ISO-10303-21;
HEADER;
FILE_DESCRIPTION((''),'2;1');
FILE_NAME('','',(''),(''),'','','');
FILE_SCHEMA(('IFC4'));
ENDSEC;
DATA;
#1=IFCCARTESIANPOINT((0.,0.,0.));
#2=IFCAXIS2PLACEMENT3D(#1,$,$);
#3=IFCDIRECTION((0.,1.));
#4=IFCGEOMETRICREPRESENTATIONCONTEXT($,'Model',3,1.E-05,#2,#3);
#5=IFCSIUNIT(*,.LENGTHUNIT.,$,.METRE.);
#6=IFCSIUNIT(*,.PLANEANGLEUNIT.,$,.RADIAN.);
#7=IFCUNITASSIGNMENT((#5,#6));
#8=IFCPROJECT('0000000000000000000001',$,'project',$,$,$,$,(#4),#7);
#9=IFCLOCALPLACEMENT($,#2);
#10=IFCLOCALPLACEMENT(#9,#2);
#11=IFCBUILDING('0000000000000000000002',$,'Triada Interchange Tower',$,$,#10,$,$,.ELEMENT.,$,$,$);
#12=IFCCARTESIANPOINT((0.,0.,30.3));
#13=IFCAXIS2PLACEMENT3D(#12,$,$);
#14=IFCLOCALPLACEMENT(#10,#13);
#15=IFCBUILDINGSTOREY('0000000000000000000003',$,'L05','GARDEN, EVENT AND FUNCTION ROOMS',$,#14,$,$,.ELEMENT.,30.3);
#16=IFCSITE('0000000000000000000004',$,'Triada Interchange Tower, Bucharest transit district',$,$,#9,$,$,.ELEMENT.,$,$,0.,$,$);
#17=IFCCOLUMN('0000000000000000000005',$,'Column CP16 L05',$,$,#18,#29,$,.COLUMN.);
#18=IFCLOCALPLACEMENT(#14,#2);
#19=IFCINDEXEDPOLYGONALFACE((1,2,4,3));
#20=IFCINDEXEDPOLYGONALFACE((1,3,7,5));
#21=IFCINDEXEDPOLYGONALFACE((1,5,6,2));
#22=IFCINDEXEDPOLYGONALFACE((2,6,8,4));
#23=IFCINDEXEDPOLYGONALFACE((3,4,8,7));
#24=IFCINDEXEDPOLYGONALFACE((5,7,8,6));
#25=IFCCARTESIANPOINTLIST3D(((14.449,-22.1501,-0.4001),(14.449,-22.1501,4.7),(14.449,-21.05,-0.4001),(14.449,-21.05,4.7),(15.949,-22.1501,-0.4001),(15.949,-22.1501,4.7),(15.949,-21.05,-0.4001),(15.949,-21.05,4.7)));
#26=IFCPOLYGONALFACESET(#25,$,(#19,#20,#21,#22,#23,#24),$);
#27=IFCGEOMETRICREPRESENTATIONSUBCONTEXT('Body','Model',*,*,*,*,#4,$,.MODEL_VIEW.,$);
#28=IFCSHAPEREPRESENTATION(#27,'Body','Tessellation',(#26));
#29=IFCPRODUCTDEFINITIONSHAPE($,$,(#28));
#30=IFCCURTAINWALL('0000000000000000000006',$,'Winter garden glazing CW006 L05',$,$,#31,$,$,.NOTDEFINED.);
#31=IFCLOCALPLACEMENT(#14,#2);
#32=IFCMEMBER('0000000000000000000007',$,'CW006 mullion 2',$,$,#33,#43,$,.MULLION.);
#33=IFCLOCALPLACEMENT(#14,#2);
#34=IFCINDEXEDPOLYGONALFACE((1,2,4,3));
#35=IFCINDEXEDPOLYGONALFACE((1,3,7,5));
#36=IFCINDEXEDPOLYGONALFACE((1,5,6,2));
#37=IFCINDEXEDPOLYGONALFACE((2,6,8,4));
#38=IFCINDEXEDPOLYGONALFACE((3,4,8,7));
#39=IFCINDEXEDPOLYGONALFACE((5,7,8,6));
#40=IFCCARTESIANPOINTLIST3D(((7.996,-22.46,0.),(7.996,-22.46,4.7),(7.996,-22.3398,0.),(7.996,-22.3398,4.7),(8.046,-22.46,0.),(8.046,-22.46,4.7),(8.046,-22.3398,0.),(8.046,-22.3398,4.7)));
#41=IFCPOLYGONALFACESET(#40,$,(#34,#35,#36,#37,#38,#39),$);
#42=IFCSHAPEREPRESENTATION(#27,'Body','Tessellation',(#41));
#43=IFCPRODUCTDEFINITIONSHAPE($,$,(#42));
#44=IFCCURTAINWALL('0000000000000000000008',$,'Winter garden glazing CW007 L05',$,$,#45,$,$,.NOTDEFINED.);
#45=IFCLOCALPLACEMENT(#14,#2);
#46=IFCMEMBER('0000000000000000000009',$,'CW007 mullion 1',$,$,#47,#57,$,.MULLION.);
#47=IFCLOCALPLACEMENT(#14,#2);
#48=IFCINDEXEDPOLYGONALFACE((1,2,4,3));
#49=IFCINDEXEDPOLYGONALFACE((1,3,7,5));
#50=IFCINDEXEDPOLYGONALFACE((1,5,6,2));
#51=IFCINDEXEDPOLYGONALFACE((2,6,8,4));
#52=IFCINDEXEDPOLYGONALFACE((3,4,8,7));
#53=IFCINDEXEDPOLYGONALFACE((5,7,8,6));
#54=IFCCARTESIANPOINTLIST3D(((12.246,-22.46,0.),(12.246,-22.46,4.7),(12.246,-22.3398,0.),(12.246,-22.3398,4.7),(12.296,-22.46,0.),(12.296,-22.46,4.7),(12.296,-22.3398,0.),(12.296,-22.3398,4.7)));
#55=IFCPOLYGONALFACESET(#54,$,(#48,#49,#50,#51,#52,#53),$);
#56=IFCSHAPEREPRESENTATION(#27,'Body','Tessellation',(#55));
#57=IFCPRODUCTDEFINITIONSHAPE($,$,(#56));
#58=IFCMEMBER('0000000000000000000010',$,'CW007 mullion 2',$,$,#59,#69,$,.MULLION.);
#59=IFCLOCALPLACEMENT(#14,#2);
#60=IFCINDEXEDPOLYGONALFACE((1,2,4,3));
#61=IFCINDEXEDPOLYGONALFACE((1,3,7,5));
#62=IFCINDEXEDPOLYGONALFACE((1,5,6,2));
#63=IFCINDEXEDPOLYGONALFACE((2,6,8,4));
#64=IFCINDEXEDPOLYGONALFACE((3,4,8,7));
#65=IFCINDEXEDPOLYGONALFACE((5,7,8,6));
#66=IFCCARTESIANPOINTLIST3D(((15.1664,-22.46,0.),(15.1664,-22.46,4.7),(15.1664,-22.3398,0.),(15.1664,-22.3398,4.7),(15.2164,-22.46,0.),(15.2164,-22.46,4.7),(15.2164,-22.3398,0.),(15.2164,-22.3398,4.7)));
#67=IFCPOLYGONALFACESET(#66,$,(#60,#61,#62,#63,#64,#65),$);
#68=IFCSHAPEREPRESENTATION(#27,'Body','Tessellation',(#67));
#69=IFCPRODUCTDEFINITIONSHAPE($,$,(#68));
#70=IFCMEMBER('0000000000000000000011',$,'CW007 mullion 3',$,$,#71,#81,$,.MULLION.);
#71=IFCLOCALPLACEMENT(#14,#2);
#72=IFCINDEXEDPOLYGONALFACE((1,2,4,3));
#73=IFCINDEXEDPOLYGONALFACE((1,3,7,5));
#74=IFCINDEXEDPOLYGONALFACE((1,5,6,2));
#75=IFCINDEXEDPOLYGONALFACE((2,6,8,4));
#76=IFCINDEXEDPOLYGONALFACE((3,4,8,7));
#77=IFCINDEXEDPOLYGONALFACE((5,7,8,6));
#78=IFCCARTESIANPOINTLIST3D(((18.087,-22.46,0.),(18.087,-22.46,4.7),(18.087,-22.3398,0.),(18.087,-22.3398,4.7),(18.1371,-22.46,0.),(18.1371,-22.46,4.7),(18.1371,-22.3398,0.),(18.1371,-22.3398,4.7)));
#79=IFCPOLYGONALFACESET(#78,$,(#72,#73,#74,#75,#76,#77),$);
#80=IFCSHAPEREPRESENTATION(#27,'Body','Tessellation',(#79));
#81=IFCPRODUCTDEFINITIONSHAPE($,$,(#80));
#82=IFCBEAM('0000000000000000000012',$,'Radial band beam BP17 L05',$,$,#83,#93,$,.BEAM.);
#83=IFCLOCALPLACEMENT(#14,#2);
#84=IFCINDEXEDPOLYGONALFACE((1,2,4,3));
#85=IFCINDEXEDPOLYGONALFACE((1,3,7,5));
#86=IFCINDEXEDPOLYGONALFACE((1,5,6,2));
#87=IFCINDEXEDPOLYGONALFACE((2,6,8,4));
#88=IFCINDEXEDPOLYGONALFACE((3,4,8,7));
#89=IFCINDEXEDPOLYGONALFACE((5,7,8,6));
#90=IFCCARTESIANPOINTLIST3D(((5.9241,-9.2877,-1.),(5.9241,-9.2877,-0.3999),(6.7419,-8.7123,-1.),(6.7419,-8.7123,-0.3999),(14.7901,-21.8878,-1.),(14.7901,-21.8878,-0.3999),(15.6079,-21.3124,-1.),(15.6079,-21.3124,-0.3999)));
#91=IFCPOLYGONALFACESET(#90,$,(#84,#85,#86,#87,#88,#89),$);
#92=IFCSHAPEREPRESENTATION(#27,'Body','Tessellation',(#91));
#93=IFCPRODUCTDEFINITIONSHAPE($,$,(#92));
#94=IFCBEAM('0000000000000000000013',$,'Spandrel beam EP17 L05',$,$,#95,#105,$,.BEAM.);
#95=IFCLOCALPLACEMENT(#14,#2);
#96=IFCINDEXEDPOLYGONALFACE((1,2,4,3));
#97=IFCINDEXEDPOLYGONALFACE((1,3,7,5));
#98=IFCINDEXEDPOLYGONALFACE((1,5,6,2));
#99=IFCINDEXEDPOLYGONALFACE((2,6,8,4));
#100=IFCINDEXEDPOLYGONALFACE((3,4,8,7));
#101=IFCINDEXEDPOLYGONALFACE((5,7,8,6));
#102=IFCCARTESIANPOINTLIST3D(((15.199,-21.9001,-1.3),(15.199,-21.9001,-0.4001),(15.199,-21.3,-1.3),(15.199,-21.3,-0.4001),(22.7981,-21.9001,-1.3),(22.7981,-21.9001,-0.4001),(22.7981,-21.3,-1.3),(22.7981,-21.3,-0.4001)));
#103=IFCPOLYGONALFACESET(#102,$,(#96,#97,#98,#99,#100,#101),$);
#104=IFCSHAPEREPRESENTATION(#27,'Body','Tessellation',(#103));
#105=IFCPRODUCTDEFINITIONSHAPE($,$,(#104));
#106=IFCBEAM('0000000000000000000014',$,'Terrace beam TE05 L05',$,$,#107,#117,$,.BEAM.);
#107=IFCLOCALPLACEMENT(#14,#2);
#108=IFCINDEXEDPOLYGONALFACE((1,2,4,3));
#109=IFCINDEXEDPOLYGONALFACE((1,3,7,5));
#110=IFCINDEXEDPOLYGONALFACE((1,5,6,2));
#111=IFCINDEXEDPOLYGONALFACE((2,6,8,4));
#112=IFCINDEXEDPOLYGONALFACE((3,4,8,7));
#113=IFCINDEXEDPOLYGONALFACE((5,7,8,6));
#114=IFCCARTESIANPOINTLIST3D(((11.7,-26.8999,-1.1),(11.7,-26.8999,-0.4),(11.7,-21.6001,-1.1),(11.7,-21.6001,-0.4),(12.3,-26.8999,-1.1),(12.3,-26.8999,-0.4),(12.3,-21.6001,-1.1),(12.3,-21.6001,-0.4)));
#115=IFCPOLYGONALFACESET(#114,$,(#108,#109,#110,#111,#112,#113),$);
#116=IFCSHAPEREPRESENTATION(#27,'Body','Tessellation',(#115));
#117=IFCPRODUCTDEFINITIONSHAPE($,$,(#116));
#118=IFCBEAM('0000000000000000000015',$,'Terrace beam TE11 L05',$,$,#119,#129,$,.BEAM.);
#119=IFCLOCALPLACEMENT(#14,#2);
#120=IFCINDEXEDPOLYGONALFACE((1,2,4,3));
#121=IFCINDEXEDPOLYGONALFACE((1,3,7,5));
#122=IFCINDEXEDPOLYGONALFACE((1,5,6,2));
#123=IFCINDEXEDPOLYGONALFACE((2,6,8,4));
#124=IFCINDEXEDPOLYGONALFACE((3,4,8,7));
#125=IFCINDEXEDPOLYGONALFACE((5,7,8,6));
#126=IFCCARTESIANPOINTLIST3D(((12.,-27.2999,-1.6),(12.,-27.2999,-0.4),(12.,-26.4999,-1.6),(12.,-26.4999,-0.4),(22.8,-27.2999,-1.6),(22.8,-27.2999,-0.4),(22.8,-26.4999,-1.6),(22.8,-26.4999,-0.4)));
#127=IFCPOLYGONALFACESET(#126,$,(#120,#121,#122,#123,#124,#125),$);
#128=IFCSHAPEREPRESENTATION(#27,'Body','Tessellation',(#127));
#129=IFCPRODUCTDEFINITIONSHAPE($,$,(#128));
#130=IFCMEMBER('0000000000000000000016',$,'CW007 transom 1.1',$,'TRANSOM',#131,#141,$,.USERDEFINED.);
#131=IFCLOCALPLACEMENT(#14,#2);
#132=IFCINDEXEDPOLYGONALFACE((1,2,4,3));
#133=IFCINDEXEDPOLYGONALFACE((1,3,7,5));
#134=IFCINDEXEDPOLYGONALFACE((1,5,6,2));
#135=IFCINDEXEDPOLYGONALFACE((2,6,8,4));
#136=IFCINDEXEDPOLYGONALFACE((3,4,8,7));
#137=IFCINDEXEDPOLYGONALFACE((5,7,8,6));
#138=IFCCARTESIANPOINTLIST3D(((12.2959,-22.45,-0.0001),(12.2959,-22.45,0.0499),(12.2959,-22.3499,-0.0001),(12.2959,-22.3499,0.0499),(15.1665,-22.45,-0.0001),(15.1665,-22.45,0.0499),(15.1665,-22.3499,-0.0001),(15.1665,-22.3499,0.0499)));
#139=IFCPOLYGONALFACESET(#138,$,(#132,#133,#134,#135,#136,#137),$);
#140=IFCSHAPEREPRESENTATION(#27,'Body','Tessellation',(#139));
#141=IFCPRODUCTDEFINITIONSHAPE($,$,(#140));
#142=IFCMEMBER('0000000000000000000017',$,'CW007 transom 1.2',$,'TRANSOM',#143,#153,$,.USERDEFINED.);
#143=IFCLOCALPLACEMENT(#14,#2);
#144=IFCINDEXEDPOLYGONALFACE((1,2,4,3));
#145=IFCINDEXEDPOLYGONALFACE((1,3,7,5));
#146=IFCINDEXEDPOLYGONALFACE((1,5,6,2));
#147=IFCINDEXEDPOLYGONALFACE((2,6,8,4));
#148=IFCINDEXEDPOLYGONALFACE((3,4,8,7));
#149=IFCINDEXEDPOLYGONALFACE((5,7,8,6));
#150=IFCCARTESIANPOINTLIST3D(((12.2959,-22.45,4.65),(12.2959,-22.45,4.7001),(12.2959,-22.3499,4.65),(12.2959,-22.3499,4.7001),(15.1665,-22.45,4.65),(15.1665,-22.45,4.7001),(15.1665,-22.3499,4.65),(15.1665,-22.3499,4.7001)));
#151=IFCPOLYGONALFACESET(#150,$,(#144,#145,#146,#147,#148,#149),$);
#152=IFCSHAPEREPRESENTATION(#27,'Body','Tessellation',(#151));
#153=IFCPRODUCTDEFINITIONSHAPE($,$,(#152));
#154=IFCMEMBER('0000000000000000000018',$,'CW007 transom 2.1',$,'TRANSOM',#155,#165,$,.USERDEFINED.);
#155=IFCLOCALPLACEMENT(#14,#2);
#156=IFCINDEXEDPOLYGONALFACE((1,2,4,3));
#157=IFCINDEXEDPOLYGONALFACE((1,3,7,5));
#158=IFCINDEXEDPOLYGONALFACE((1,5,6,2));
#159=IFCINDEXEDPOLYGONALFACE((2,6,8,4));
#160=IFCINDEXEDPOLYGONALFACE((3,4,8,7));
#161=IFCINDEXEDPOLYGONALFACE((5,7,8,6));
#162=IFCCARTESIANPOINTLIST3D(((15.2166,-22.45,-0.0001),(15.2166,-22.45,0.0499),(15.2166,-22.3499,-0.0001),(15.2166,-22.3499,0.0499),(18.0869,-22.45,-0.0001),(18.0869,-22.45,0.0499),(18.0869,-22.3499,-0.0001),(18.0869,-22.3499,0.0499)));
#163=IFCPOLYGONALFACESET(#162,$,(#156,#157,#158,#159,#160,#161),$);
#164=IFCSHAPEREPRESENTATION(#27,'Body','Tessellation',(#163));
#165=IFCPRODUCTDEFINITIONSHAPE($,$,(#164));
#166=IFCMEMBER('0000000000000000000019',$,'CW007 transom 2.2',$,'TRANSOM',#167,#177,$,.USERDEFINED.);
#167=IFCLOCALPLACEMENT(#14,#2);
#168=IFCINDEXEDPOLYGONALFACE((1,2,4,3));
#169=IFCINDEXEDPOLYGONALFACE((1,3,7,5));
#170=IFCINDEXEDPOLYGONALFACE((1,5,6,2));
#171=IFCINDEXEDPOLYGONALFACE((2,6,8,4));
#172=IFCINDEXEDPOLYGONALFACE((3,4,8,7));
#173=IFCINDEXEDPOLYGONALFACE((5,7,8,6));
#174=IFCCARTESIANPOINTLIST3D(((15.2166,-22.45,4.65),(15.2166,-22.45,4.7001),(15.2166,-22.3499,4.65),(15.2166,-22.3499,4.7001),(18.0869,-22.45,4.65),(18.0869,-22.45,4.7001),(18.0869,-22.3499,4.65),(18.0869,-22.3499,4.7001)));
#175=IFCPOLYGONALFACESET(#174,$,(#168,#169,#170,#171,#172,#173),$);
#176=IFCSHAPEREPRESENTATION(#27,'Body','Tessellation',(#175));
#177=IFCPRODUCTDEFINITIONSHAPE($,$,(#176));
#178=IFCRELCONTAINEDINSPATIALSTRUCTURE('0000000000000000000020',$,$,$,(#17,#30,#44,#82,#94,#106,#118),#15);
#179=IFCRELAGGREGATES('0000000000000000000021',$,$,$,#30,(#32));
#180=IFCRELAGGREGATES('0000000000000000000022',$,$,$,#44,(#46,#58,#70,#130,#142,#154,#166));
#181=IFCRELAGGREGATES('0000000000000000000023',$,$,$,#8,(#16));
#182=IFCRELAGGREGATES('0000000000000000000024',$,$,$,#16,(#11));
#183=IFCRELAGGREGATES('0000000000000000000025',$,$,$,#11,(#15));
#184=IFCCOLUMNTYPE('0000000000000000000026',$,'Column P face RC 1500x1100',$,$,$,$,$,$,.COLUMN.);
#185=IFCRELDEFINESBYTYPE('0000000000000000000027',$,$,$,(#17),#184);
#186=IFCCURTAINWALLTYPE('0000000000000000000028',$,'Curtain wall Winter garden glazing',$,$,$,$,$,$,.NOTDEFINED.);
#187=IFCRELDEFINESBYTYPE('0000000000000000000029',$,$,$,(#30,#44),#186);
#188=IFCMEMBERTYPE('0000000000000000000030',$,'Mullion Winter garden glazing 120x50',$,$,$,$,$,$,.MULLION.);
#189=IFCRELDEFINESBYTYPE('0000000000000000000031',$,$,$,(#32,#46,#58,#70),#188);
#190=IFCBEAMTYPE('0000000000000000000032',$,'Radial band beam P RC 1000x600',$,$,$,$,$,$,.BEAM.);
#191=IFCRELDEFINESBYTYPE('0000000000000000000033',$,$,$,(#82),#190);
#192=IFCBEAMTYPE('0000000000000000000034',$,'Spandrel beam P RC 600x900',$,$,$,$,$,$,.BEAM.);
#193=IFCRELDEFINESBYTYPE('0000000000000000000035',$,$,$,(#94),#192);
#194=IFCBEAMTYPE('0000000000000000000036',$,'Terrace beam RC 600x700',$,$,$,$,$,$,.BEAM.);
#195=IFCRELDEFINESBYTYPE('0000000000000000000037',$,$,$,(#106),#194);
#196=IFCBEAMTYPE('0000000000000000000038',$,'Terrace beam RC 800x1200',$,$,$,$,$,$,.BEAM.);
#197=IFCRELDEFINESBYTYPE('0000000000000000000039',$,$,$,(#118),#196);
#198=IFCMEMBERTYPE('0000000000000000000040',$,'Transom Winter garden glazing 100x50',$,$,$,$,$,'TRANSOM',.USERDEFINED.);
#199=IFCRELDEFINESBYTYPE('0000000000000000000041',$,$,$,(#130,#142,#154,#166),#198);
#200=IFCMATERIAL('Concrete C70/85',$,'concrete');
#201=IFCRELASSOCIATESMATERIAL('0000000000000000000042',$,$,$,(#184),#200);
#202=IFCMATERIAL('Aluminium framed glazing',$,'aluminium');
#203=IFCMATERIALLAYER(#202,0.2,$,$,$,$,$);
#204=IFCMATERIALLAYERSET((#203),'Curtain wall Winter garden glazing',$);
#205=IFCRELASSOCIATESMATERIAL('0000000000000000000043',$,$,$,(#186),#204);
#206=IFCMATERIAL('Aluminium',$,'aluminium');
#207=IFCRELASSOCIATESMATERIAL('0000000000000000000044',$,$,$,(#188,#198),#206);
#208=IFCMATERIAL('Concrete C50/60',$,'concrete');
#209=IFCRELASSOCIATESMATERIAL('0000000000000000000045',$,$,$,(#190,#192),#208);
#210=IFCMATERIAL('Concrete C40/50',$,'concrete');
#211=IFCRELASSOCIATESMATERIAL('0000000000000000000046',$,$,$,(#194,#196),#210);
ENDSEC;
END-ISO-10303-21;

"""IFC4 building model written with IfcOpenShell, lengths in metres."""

from ifc_helpers import new_model, si_unit, direction, frame, origin, origin_2d, place, context, subcontext, project, spatial, rectangle, extrude, material, layer, layer_set, material_profile, profile_set, type_object, element, aggregate, save


model = new_model("IFC4")

# Units and contexts
model_context = context("Model", 3, precision=1e-05, world=origin(), true_north=direction((0.0, 1.0)))
body_context = subcontext(model_context, "Body", "Model", "MODEL_VIEW")
ifc_project = project(units=[si_unit("LENGTHUNIT", "METRE"), si_unit("PLANEANGLEUNIT", "RADIAN")], contexts=[model_context])

# Site, building, storey
site_placement = place(None, origin())
site = spatial("IfcSite", under=ifc_project, at=site_placement, Name="Triada Interchange Tower, Bucharest transit district", CompositionType="ELEMENT", RefElevation=0.0)
building_placement = place(site_placement, origin())
building = spatial("IfcBuilding", under=site, at=building_placement, Name="Triada Interchange Tower", CompositionType="ELEMENT")
storey_placement = place(building_placement, frame((0.0, 0.0, 30.3)))
storey = spatial("IfcBuildingStorey", under=building, at=storey_placement, Name="L05", Description="GARDEN, EVENT AND FUNCTION ROOMS", CompositionType="ELEMENT", Elevation=30.3)

# Column
ifc_material_1 = material(Name="Concrete C70/85", Category="concrete")
ifc_material_profile_1 = material_profile(ifc_material_1, rectangle(XDim=1.5, YDim=1.1001, at=origin_2d()), Name="RC 1500x1100")
ifc_profile_set_1 = profile_set([ifc_material_profile_1], Name="Concrete C70/85")
column_type = type_object("IfcColumnType", Name="Column P face RC 1500x1100", PredefinedType="COLUMN", material=ifc_profile_set_1)
column_placement = place(storey_placement, frame((15.199, -21.6001, -0.4001), z_axis=(0.0, 0.0, 1.0), x_axis=(1.0, 0.0, 0.0)))
element("IfcColumn", 1, at=column_placement, inside=storey, type_object=column_type, Name="Column CP16 L05", PredefinedType="COLUMN", context=body_context, shape_type="SweptSolid", body=[
    extrude(rectangle(XDim=1.5, YDim=1.1001, at=origin_2d()), origin(), (0.0, 0.0, 1.0), 5.1001),
])

# Curtain wall, member
ifc_material_2 = material(Name="Aluminium framed glazing", Category="aluminium")
ifc_layer_1 = layer(ifc_material_2, 0.2)
ifc_layer_set_1 = layer_set([ifc_layer_1], Name="Curtain wall Winter garden glazing")
curtain_wall_type = type_object("IfcCurtainWallType", Name="Curtain wall Winter garden glazing", PredefinedType="NOTDEFINED", material=ifc_layer_set_1)
curtain_wall_1_placement = place(storey_placement, origin())
curtain_wall_1 = element("IfcCurtainWall", 2, at=curtain_wall_1_placement, inside=storey, type_object=curtain_wall_type, Name="Winter garden glazing CW006 L05", PredefinedType="NOTDEFINED")
ifc_material_3 = material(Name="Aluminium", Category="aluminium")
ifc_material_profile_2 = material_profile(ifc_material_3, rectangle(XDim=0.1201, YDim=0.05, at=origin_2d()), Name="Aluminium mullion")
ifc_profile_set_2 = profile_set([ifc_material_profile_2], Name="Aluminium")
member_type_1 = type_object("IfcMemberType", Name="Mullion Winter garden glazing 120x50", PredefinedType="MULLION", material=ifc_profile_set_2)
member_1_placement = place(storey_placement, frame((8.021, -22.3999, 0.0), z_axis=(0.0, 0.0, 1.0), x_axis=(0.0, 1.0, 0.0)))
member_1 = element("IfcMember", 3, at=member_1_placement, type_object=member_type_1, Name="CW006 mullion 2", PredefinedType="MULLION", context=body_context, shape_type="SweptSolid", body=[
    extrude(rectangle(XDim=0.1201, YDim=0.05, at=origin_2d()), origin(), (0.0, 0.0, 1.0), 4.7),
])
aggregate(curtain_wall_1, [member_1])

# Curtain wall, members
curtain_wall_2_placement = place(storey_placement, origin())
curtain_wall_2 = element("IfcCurtainWall", 4, at=curtain_wall_2_placement, inside=storey, type_object=curtain_wall_type, Name="Winter garden glazing CW007 L05", PredefinedType="NOTDEFINED")
member_2_placement = place(storey_placement, frame((12.271, -22.3999, 0.0), z_axis=(0.0, 0.0, 1.0), x_axis=(0.0, 1.0, 0.0)))
member_2 = element("IfcMember", 5, at=member_2_placement, type_object=member_type_1, Name="CW007 mullion 1", PredefinedType="MULLION", context=body_context, shape_type="SweptSolid", body=[
    extrude(rectangle(XDim=0.1201, YDim=0.05, at=origin_2d()), origin(), (0.0, 0.0, 1.0), 4.7),
])
member_3_placement = place(storey_placement, frame((15.1914, -22.3999, 0.0), z_axis=(0.0, 0.0, 1.0), x_axis=(0.0, 1.0, 0.0)))
member_3 = element("IfcMember", 6, at=member_3_placement, type_object=member_type_1, Name="CW007 mullion 2", PredefinedType="MULLION", context=body_context, shape_type="SweptSolid", body=[
    extrude(rectangle(XDim=0.1201, YDim=0.05, at=origin_2d()), origin(), (0.0, 0.0, 1.0), 4.7),
])
member_4_placement = place(storey_placement, frame((18.1121, -22.3999, 0.0), z_axis=(0.0, 0.0, 1.0), x_axis=(0.0, 1.0, 0.0)))
member_4 = element("IfcMember", 7, at=member_4_placement, type_object=member_type_1, Name="CW007 mullion 3", PredefinedType="MULLION", context=body_context, shape_type="SweptSolid", body=[
    extrude(rectangle(XDim=0.1201, YDim=0.05, at=origin_2d()), origin(), (0.0, 0.0, 1.0), 4.7),
])

# Beams
ifc_material_4 = material(Name="Concrete C50/60", Category="concrete")
ifc_material_profile_3 = material_profile(ifc_material_4, rectangle(XDim=1.0, YDim=0.6001, at=origin_2d()), Name="RC 1000x600")
ifc_profile_set_3 = profile_set([ifc_material_profile_3], Name="Concrete C50/60")
beam_type_1 = type_object("IfcBeamType", Name="Radial band beam P RC 1000x600", PredefinedType="BEAM", material=ifc_profile_set_3)
beam_1_placement = place(storey_placement, frame((15.199, -21.6001, -0.7), z_axis=(-0.57546, 0.81783, 0.0), x_axis=(-0.81783, -0.57546, 0.0)))
element("IfcBeam", 8, at=beam_1_placement, inside=storey, type_object=beam_type_1, Name="Radial band beam BP17 L05", PredefinedType="BEAM", context=body_context, shape_type="SweptSolid", body=[
    extrude(rectangle(XDim=1.0, YDim=0.6001, at=origin_2d()), origin(), (0.0, 0.0, 1.0), 15.4067),
])
ifc_material_profile_4 = material_profile(ifc_material_4, rectangle(XDim=0.6001, YDim=0.8999, at=origin_2d()), Name="RC 600x900")
ifc_profile_set_4 = profile_set([ifc_material_profile_4], Name="Concrete C50/60")
beam_type_2 = type_object("IfcBeamType", Name="Spandrel beam P RC 600x900", PredefinedType="BEAM", material=ifc_profile_set_4)
beam_2_placement = place(storey_placement, frame((15.199, -21.6001, -0.8501), z_axis=(1.0, 0.0, 0.0), x_axis=(0.0, 1.0, 0.0)))
element("IfcBeam", 9, at=beam_2_placement, inside=storey, type_object=beam_type_2, Name="Spandrel beam EP17 L05", PredefinedType="BEAM", context=body_context, shape_type="SweptSolid", body=[
    extrude(rectangle(XDim=0.6001, YDim=0.8999, at=origin_2d()), origin(), (0.0, 0.0, 1.0), 7.5991),
])
ifc_material_5 = material(Name="Concrete C40/50", Category="concrete")
ifc_material_profile_5 = material_profile(ifc_material_5, rectangle(XDim=0.6001, YDim=0.7, at=origin_2d()), Name="RC 600x700")
ifc_profile_set_5 = profile_set([ifc_material_profile_5], Name="Concrete C40/50")
beam_type_3 = type_object("IfcBeamType", Name="Terrace beam RC 600x700", PredefinedType="BEAM", material=ifc_profile_set_5)
beam_3_placement = place(storey_placement, frame((12.0, -26.8999, -0.75), z_axis=(0.0, 1.0, 0.0), x_axis=(-1.0, 0.0, 0.0)))
element("IfcBeam", 10, at=beam_3_placement, inside=storey, type_object=beam_type_3, Name="Terrace beam TE05 L05", PredefinedType="BEAM", context=body_context, shape_type="SweptSolid", body=[
    extrude(rectangle(XDim=0.6001, YDim=0.7, at=origin_2d()), origin(), (0.0, 0.0, 1.0), 5.2998),
])
ifc_material_profile_6 = material_profile(ifc_material_5, rectangle(XDim=0.8, YDim=1.2, at=origin_2d()), Name="RC 800x1200")
ifc_profile_set_6 = profile_set([ifc_material_profile_6], Name="Concrete C40/50")
beam_type_4 = type_object("IfcBeamType", Name="Terrace beam RC 800x1200", PredefinedType="BEAM", material=ifc_profile_set_6)
beam_4_placement = place(storey_placement, frame((12.0, -26.8999, -1.0), z_axis=(1.0, 0.0, 0.0), x_axis=(0.0, 1.0, 0.0)))
element("IfcBeam", 11, at=beam_4_placement, inside=storey, type_object=beam_type_4, Name="Terrace beam TE11 L05", PredefinedType="BEAM", context=body_context, shape_type="SweptSolid", body=[
    extrude(rectangle(XDim=0.8, YDim=1.2, at=origin_2d()), origin(), (0.0, 0.0, 1.0), 10.8),
])

# Members
ifc_material_profile_7 = material_profile(ifc_material_3, rectangle(XDim=0.1001, YDim=0.05, at=origin_2d()), Name="Aluminium transom")
ifc_profile_set_7 = profile_set([ifc_material_profile_7], Name="Aluminium")
member_type_2 = type_object("IfcMemberType", Name="Transom Winter garden glazing 100x50", ElementType="TRANSOM", PredefinedType="USERDEFINED", material=ifc_profile_set_7)
member_5_placement = place(storey_placement, frame((12.2959, -22.3999, 0.0249), z_axis=(1.0, 0.0, 0.0), x_axis=(0.0, 1.0, 0.0)))
member_5 = element("IfcMember", 12, at=member_5_placement, type_object=member_type_2, Name="CW007 transom 1.1", ObjectType="TRANSOM", PredefinedType="USERDEFINED", context=body_context, shape_type="SweptSolid", body=[
    extrude(rectangle(XDim=0.1001, YDim=0.05, at=origin_2d()), origin(), (0.0, 0.0, 1.0), 2.8706),
])
member_6_placement = place(storey_placement, frame((12.2959, -22.3999, 4.675), z_axis=(1.0, 0.0, 0.0), x_axis=(0.0, 1.0, 0.0)))
member_6 = element("IfcMember", 13, at=member_6_placement, type_object=member_type_2, Name="CW007 transom 1.2", ObjectType="TRANSOM", PredefinedType="USERDEFINED", context=body_context, shape_type="SweptSolid", body=[
    extrude(rectangle(XDim=0.1001, YDim=0.05, at=origin_2d()), origin(), (0.0, 0.0, 1.0), 2.8706),
])
member_7_placement = place(storey_placement, frame((15.2166, -22.3999, 0.0249), z_axis=(1.0, 0.0, 0.0), x_axis=(0.0, 1.0, 0.0)))
member_7 = element("IfcMember", 14, at=member_7_placement, type_object=member_type_2, Name="CW007 transom 2.1", ObjectType="TRANSOM", PredefinedType="USERDEFINED", context=body_context, shape_type="SweptSolid", body=[
    extrude(rectangle(XDim=0.1001, YDim=0.05, at=origin_2d()), origin(), (0.0, 0.0, 1.0), 2.8704),
])
member_8_placement = place(storey_placement, frame((15.2166, -22.3999, 4.675), z_axis=(1.0, 0.0, 0.0), x_axis=(0.0, 1.0, 0.0)))
member_8 = element("IfcMember", 15, at=member_8_placement, type_object=member_type_2, Name="CW007 transom 2.2", ObjectType="TRANSOM", PredefinedType="USERDEFINED", context=body_context, shape_type="SweptSolid", body=[
    extrude(rectangle(XDim=0.1001, YDim=0.05, at=origin_2d()), origin(), (0.0, 0.0, 1.0), 2.8704),
])

aggregate(curtain_wall_2, [member_2, member_3, member_4, member_5, member_6, member_7, member_8])

save(model, "model.ifc")
